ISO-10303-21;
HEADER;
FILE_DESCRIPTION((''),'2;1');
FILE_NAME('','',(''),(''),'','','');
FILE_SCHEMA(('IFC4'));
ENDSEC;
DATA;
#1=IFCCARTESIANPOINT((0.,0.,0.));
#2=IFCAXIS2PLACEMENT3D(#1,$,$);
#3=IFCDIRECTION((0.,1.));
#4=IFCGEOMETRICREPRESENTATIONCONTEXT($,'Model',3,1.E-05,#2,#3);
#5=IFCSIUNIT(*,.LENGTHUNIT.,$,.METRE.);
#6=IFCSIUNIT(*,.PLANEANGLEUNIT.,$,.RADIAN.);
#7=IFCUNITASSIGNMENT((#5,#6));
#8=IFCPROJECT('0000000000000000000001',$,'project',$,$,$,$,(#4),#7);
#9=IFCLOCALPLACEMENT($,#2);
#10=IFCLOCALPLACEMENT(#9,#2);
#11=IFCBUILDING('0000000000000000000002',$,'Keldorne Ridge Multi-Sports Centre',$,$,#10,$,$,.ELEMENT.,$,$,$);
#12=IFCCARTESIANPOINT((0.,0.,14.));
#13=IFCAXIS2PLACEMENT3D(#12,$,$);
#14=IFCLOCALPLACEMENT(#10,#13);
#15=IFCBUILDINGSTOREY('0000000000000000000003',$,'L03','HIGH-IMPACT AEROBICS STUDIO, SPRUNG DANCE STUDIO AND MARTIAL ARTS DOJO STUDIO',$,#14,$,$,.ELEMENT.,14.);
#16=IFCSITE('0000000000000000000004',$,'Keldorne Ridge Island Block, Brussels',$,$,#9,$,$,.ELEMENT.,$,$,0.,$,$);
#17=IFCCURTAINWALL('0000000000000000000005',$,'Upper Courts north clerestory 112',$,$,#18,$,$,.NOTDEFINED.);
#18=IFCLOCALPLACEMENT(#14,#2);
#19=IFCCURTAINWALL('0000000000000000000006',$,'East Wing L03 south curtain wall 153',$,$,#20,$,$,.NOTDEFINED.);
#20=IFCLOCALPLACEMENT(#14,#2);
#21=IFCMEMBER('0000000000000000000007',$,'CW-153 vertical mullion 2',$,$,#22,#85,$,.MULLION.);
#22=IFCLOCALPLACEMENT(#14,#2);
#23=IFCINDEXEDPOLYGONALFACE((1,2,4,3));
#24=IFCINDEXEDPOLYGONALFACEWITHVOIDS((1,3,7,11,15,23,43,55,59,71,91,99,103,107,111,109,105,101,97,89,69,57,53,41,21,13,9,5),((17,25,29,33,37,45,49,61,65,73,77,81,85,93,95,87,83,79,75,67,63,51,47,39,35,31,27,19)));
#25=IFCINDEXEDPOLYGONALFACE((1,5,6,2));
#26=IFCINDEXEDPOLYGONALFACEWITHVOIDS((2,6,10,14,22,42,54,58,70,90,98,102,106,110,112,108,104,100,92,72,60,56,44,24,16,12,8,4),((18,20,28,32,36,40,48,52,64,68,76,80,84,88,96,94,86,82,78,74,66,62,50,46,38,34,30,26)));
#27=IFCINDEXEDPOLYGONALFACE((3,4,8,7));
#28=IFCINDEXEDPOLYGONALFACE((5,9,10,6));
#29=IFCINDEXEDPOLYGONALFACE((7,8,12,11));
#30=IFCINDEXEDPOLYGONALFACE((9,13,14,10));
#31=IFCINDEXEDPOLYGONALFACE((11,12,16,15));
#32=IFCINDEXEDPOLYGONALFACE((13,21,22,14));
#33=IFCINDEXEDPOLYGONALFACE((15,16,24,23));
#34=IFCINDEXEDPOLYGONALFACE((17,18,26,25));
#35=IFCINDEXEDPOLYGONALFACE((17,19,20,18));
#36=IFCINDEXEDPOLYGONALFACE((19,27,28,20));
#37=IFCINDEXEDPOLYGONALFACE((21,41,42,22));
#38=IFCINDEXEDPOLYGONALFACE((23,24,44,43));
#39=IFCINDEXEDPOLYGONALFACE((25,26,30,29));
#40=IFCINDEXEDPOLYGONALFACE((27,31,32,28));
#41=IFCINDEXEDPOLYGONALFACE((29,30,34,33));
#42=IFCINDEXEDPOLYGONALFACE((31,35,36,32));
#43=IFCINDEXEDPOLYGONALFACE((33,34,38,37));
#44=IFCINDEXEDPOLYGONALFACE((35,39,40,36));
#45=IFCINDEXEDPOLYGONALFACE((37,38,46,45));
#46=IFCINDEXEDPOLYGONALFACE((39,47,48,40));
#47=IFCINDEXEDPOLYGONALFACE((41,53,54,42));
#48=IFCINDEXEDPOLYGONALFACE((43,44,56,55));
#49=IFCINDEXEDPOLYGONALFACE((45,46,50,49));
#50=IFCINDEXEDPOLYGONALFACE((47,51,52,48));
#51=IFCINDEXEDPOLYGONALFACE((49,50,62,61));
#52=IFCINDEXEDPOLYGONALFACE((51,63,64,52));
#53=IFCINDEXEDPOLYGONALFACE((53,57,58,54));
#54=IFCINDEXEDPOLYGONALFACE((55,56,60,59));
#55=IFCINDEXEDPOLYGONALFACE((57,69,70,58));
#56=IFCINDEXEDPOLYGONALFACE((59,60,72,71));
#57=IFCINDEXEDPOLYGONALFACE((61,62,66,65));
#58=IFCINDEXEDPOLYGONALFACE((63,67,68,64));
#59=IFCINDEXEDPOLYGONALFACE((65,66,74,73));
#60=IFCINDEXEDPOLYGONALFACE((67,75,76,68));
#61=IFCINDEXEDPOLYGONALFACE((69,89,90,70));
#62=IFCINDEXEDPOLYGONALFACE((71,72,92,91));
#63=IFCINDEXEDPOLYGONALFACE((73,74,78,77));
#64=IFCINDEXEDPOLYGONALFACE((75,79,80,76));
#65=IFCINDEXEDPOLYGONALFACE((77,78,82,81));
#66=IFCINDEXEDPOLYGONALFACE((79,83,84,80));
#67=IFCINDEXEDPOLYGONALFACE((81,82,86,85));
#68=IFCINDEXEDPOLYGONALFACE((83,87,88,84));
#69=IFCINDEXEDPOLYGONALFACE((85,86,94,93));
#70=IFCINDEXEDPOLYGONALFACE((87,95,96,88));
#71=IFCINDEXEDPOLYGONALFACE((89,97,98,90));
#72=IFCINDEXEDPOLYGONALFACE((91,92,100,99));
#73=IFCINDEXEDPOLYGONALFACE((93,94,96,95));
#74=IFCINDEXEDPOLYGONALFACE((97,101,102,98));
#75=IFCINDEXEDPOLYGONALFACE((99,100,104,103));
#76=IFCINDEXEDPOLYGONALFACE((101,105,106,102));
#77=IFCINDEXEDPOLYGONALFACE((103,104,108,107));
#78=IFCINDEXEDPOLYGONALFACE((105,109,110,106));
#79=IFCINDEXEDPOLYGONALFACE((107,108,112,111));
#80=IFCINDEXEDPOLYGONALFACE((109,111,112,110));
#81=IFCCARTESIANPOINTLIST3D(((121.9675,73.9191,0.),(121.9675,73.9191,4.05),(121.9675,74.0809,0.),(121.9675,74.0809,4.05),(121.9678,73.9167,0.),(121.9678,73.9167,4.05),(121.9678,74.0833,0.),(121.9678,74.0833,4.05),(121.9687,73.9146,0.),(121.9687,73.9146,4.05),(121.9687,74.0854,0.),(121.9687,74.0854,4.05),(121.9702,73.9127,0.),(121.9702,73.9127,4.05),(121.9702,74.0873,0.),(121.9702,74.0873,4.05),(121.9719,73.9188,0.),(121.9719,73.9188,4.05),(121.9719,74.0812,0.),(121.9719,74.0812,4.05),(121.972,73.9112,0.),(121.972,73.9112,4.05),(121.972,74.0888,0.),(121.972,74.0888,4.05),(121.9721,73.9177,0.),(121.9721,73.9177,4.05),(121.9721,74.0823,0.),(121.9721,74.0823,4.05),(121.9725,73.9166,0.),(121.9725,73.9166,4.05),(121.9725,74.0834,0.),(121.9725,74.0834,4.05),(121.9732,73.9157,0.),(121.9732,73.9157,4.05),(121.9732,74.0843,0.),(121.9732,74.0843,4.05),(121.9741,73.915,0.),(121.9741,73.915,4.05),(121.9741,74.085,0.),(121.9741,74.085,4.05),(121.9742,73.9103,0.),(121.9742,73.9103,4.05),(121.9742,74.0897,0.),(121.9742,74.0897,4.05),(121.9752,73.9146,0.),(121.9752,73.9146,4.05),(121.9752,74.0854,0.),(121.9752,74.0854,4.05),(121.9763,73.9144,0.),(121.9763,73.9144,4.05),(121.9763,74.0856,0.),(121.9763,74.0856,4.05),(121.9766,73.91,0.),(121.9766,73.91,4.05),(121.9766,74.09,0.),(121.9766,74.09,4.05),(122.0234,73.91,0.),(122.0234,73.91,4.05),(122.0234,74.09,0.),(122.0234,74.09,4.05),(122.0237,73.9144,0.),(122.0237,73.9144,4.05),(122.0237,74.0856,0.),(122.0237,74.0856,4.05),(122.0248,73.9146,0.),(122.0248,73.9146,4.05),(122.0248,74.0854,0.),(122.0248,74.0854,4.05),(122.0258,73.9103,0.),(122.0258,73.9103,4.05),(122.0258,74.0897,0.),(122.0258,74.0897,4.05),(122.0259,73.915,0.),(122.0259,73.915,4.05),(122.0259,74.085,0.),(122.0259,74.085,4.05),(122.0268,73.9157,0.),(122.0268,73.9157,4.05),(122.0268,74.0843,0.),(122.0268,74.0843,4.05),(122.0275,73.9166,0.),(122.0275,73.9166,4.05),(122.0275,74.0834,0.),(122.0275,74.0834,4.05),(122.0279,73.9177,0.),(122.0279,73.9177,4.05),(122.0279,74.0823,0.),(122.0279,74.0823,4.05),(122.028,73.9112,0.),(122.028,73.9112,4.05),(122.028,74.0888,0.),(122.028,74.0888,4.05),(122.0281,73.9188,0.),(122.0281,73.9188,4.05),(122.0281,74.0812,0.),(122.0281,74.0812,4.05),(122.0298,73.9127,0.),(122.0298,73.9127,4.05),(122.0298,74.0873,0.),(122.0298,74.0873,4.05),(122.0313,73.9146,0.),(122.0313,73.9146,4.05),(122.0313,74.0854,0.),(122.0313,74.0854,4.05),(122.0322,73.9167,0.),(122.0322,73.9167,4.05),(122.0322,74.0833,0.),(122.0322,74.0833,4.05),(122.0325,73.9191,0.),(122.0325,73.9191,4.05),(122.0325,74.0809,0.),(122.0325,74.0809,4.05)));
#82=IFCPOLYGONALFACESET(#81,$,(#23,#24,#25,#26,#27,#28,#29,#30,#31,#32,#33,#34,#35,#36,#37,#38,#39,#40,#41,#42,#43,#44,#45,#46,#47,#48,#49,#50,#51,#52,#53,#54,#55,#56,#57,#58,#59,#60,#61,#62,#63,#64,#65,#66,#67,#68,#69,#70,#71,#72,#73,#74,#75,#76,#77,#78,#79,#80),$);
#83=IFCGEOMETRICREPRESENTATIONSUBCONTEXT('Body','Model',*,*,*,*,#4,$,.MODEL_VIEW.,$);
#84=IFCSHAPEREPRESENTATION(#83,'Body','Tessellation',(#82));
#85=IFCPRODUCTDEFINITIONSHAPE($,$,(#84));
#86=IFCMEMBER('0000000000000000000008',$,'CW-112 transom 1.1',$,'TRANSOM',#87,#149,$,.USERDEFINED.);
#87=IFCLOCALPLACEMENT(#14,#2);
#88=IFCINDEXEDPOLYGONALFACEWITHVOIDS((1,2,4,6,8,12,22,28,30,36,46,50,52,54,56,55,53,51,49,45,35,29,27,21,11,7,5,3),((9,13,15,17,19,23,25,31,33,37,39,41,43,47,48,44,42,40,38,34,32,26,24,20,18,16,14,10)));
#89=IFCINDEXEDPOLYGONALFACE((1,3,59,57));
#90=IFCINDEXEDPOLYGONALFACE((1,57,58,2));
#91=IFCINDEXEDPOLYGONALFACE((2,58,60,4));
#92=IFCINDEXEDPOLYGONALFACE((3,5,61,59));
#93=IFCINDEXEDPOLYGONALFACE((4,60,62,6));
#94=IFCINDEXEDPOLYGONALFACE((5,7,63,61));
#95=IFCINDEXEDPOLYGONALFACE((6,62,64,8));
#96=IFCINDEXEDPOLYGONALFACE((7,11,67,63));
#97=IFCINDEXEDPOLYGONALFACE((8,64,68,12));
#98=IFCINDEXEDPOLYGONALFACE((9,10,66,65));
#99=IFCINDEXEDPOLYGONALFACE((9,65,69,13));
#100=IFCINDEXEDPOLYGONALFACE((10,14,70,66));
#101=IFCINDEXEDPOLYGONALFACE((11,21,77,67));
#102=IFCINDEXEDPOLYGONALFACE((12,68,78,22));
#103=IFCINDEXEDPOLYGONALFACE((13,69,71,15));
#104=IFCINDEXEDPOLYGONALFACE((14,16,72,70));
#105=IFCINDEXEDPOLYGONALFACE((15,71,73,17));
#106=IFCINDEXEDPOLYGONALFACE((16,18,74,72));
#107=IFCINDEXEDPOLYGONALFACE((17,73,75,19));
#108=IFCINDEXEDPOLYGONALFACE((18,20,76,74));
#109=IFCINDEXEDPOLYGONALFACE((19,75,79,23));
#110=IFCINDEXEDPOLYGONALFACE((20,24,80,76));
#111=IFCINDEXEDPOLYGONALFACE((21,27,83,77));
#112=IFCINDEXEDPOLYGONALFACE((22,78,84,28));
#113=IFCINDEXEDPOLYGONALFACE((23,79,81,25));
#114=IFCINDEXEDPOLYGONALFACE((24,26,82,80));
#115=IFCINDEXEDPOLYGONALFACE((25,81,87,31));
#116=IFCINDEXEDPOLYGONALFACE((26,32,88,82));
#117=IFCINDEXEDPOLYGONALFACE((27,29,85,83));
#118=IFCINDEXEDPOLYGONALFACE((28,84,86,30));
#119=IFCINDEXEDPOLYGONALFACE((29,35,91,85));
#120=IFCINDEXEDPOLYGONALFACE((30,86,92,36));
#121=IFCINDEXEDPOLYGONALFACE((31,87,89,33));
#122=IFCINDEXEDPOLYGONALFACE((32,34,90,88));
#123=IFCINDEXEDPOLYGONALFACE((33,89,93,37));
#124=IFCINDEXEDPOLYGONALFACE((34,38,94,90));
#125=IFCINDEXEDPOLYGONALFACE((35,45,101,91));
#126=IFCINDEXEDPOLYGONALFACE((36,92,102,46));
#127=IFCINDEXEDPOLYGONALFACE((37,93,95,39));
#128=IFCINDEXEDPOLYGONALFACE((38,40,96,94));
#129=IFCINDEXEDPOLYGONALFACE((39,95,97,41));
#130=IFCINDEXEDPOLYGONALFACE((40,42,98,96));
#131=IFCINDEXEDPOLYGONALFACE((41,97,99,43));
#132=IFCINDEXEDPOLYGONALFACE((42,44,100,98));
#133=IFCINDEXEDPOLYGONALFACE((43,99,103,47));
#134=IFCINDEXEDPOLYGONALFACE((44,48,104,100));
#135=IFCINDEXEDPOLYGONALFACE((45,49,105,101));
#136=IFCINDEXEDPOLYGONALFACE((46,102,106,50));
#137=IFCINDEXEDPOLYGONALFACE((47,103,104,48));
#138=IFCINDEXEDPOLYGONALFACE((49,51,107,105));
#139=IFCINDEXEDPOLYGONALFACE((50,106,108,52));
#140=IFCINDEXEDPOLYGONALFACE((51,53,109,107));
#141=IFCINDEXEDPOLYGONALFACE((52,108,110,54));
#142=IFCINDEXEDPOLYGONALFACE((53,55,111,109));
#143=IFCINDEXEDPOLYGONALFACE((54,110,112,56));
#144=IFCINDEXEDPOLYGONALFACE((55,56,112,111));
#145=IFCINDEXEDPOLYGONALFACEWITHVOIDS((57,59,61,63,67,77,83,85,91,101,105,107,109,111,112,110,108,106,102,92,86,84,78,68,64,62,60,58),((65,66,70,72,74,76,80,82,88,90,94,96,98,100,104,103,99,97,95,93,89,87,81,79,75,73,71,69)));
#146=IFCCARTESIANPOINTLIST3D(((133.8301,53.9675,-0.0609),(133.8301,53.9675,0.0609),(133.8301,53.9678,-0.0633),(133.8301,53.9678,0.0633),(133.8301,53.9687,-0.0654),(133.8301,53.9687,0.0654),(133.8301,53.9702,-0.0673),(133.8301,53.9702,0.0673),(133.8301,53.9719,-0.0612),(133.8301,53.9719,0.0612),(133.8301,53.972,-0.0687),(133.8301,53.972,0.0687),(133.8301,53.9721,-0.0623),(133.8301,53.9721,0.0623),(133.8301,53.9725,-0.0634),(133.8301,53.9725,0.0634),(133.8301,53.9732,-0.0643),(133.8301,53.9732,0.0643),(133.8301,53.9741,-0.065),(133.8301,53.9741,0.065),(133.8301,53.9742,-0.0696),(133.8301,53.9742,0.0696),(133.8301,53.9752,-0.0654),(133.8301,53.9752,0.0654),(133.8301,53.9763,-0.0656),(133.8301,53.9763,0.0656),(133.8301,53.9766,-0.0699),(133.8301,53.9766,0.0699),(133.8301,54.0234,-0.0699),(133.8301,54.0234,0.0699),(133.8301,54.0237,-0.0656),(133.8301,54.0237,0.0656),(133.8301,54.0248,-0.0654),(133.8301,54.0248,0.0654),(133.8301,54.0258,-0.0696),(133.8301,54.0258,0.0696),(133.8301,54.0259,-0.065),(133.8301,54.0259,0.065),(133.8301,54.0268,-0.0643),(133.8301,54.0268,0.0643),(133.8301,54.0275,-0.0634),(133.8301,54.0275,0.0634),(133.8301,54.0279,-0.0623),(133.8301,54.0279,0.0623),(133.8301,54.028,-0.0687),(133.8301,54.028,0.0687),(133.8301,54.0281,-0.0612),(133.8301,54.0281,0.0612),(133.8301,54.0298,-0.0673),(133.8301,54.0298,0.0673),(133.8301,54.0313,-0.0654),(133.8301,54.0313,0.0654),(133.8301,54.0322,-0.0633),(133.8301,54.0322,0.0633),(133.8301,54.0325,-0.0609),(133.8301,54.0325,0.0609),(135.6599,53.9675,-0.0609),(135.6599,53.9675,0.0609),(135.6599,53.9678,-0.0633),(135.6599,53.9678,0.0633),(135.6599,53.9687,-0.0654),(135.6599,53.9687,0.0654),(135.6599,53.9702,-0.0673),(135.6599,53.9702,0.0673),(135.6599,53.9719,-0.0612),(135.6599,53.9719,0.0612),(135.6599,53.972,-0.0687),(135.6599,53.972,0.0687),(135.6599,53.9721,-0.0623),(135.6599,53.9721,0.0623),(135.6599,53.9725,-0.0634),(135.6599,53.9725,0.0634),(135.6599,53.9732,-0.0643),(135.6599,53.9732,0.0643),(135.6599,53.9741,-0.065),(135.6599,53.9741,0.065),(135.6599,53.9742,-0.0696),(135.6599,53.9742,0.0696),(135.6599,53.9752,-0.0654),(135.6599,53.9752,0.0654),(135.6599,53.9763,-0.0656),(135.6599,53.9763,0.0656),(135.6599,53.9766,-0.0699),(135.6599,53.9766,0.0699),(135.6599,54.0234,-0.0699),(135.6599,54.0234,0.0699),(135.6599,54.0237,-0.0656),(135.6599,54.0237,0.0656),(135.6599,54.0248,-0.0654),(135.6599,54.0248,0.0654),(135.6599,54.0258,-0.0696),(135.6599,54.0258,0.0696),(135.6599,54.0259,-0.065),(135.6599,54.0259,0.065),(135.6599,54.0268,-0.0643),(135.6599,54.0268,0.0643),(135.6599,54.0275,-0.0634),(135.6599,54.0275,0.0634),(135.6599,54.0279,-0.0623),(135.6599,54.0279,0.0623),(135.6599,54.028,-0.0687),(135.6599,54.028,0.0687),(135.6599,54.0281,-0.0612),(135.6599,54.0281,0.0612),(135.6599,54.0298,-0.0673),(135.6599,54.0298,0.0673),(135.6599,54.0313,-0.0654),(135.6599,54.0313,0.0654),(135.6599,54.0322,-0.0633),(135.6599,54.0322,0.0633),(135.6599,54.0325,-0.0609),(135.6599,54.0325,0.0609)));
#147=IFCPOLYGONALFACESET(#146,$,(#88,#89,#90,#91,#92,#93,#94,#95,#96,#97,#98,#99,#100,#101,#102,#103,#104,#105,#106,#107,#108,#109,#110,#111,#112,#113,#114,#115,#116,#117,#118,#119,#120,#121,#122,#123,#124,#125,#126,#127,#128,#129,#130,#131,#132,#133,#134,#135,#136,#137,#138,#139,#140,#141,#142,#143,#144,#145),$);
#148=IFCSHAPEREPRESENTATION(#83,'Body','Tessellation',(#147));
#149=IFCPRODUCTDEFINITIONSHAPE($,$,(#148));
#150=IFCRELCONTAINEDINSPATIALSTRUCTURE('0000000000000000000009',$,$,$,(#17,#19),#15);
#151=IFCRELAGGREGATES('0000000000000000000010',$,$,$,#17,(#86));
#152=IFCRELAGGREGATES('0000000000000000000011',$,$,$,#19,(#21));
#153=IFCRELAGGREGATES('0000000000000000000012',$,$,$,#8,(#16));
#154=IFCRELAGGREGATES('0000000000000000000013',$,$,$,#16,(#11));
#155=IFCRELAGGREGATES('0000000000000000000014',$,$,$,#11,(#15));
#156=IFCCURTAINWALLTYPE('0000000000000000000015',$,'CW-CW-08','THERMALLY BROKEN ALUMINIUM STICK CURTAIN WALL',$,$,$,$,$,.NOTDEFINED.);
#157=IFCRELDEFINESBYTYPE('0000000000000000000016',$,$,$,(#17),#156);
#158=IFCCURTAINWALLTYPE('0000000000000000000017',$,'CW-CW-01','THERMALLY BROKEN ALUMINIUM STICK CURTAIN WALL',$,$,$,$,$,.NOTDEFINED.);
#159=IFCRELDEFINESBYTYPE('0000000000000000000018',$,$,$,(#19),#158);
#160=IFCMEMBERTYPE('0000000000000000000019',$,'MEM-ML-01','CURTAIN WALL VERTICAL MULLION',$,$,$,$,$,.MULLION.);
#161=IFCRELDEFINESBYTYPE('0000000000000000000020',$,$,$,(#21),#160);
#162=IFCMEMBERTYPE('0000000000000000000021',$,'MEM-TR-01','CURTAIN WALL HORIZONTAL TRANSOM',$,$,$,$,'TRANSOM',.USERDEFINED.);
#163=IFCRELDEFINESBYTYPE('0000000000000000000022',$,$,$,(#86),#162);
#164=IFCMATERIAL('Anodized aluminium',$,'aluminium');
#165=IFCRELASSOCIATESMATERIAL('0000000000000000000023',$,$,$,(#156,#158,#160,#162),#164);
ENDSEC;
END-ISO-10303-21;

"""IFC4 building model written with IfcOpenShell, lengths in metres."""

from ifc_helpers import new_model, si_unit, direction, frame, origin, origin_2d, place, context, subcontext, project, spatial, hollow_rectangle, extrude, material, material_profile, profile_set, type_object, element, aggregate, save


model = new_model("IFC4")

# Units and contexts
model_context = context("Model", 3, precision=1e-05, world=origin(), true_north=direction((0.0, 1.0)))
body_context = subcontext(model_context, "Body", "Model", "MODEL_VIEW")
ifc_project = project(units=[si_unit("LENGTHUNIT", "METRE"), si_unit("PLANEANGLEUNIT", "RADIAN")], contexts=[model_context])

# Site, building, storey
site_placement = place(None, origin())
site = spatial("IfcSite", under=ifc_project, at=site_placement, Name="Keldorne Ridge Island Block, Brussels", CompositionType="ELEMENT", RefElevation=0.0)
building_placement = place(site_placement, origin())
building = spatial("IfcBuilding", under=site, at=building_placement, Name="Keldorne Ridge Multi-Sports Centre", CompositionType="ELEMENT")
storey_placement = place(building_placement, frame((0.0, 0.0, 14.0)))
storey = spatial("IfcBuildingStorey", under=building, at=storey_placement, Name="L03", Description="HIGH-IMPACT AEROBICS STUDIO, SPRUNG DANCE STUDIO AND MARTIAL ARTS DOJO STUDIO", CompositionType="ELEMENT", Elevation=14.0)

# Curtain wall
ifc_material_1 = material(Name="Anodized aluminium", Category="aluminium")
curtain_wall_type_1 = type_object("IfcCurtainWallType", Name="CW-CW-08", Description="THERMALLY BROKEN ALUMINIUM STICK CURTAIN WALL", PredefinedType="NOTDEFINED", material=ifc_material_1)
curtain_wall_1_placement = place(storey_placement, origin())
curtain_wall_1 = element("IfcCurtainWall", 1, at=curtain_wall_1_placement, inside=storey, type_object=curtain_wall_type_1, Name="Upper Courts north clerestory 112", PredefinedType="NOTDEFINED")
ifc_material_profile_1 = material_profile(ifc_material_1, hollow_rectangle(XDim=0.0649, YDim=0.1799, WallThickness=0.0044, InnerFilletRadius=0.0044, OuterFilletRadius=0.009, at=origin_2d()), Name="ALU MULLION 180x65x4.5")
ifc_profile_set_1 = profile_set([ifc_material_profile_1], Name="Anodized aluminium")
member_type_1 = type_object("IfcMemberType", Name="MEM-ML-01", Description="CURTAIN WALL VERTICAL MULLION", PredefinedType="MULLION", material=ifc_profile_set_1)

# Curtain wall, member
curtain_wall_type_2 = type_object("IfcCurtainWallType", Name="CW-CW-01", Description="THERMALLY BROKEN ALUMINIUM STICK CURTAIN WALL", PredefinedType="NOTDEFINED", material=ifc_material_1)
curtain_wall_2_placement = place(storey_placement, origin())
curtain_wall_2 = element("IfcCurtainWall", 2, at=curtain_wall_2_placement, inside=storey, type_object=curtain_wall_type_2, Name="East Wing L03 south curtain wall 153", PredefinedType="NOTDEFINED")
member_1_placement = place(storey_placement, frame((122.0, 74.0, 0.0), z_axis=(0.0, 0.0, 1.0), x_axis=(1.0, 0.0, 0.0)))
member_1 = element("IfcMember", 3, at=member_1_placement, type_object=member_type_1, Name="CW-153 vertical mullion 2", PredefinedType="MULLION", context=body_context, shape_type="SweptSolid", body=[
    extrude(hollow_rectangle(XDim=0.0649, YDim=0.1799, WallThickness=0.0044, InnerFilletRadius=0.0044, OuterFilletRadius=0.009, at=origin_2d()), origin(), (0.0, 0.0, 1.0), 4.05),
])

# Member
ifc_material_profile_2 = material_profile(ifc_material_1, hollow_rectangle(XDim=0.0649, YDim=0.1399, WallThickness=0.0044, InnerFilletRadius=0.0044, OuterFilletRadius=0.009, at=origin_2d()), Name="ALU TRANSOM 140x65x4.5")
ifc_profile_set_2 = profile_set([ifc_material_profile_2], Name="Anodized aluminium")
member_type_2 = type_object("IfcMemberType", Name="MEM-TR-01", Description="CURTAIN WALL HORIZONTAL TRANSOM", ElementType="TRANSOM", PredefinedType="USERDEFINED", material=ifc_profile_set_2)
member_2_placement = place(storey_placement, frame((135.6599, 54.0, 0.0), z_axis=(-1.0, 0.0, 0.0), x_axis=(0.0, -1.0, 0.0)))
member_2 = element("IfcMember", 4, at=member_2_placement, type_object=member_type_2, Name="CW-112 transom 1.1", ObjectType="TRANSOM", PredefinedType="USERDEFINED", context=body_context, shape_type="SweptSolid", body=[
    extrude(hollow_rectangle(XDim=0.0649, YDim=0.1399, WallThickness=0.0044, InnerFilletRadius=0.0044, OuterFilletRadius=0.009, at=origin_2d()), origin(), (0.0, 0.0, 1.0), 1.8298),
])

aggregate(curtain_wall_1, [member_2])
aggregate(curtain_wall_2, [member_1])

save(model, "model.ifc")
